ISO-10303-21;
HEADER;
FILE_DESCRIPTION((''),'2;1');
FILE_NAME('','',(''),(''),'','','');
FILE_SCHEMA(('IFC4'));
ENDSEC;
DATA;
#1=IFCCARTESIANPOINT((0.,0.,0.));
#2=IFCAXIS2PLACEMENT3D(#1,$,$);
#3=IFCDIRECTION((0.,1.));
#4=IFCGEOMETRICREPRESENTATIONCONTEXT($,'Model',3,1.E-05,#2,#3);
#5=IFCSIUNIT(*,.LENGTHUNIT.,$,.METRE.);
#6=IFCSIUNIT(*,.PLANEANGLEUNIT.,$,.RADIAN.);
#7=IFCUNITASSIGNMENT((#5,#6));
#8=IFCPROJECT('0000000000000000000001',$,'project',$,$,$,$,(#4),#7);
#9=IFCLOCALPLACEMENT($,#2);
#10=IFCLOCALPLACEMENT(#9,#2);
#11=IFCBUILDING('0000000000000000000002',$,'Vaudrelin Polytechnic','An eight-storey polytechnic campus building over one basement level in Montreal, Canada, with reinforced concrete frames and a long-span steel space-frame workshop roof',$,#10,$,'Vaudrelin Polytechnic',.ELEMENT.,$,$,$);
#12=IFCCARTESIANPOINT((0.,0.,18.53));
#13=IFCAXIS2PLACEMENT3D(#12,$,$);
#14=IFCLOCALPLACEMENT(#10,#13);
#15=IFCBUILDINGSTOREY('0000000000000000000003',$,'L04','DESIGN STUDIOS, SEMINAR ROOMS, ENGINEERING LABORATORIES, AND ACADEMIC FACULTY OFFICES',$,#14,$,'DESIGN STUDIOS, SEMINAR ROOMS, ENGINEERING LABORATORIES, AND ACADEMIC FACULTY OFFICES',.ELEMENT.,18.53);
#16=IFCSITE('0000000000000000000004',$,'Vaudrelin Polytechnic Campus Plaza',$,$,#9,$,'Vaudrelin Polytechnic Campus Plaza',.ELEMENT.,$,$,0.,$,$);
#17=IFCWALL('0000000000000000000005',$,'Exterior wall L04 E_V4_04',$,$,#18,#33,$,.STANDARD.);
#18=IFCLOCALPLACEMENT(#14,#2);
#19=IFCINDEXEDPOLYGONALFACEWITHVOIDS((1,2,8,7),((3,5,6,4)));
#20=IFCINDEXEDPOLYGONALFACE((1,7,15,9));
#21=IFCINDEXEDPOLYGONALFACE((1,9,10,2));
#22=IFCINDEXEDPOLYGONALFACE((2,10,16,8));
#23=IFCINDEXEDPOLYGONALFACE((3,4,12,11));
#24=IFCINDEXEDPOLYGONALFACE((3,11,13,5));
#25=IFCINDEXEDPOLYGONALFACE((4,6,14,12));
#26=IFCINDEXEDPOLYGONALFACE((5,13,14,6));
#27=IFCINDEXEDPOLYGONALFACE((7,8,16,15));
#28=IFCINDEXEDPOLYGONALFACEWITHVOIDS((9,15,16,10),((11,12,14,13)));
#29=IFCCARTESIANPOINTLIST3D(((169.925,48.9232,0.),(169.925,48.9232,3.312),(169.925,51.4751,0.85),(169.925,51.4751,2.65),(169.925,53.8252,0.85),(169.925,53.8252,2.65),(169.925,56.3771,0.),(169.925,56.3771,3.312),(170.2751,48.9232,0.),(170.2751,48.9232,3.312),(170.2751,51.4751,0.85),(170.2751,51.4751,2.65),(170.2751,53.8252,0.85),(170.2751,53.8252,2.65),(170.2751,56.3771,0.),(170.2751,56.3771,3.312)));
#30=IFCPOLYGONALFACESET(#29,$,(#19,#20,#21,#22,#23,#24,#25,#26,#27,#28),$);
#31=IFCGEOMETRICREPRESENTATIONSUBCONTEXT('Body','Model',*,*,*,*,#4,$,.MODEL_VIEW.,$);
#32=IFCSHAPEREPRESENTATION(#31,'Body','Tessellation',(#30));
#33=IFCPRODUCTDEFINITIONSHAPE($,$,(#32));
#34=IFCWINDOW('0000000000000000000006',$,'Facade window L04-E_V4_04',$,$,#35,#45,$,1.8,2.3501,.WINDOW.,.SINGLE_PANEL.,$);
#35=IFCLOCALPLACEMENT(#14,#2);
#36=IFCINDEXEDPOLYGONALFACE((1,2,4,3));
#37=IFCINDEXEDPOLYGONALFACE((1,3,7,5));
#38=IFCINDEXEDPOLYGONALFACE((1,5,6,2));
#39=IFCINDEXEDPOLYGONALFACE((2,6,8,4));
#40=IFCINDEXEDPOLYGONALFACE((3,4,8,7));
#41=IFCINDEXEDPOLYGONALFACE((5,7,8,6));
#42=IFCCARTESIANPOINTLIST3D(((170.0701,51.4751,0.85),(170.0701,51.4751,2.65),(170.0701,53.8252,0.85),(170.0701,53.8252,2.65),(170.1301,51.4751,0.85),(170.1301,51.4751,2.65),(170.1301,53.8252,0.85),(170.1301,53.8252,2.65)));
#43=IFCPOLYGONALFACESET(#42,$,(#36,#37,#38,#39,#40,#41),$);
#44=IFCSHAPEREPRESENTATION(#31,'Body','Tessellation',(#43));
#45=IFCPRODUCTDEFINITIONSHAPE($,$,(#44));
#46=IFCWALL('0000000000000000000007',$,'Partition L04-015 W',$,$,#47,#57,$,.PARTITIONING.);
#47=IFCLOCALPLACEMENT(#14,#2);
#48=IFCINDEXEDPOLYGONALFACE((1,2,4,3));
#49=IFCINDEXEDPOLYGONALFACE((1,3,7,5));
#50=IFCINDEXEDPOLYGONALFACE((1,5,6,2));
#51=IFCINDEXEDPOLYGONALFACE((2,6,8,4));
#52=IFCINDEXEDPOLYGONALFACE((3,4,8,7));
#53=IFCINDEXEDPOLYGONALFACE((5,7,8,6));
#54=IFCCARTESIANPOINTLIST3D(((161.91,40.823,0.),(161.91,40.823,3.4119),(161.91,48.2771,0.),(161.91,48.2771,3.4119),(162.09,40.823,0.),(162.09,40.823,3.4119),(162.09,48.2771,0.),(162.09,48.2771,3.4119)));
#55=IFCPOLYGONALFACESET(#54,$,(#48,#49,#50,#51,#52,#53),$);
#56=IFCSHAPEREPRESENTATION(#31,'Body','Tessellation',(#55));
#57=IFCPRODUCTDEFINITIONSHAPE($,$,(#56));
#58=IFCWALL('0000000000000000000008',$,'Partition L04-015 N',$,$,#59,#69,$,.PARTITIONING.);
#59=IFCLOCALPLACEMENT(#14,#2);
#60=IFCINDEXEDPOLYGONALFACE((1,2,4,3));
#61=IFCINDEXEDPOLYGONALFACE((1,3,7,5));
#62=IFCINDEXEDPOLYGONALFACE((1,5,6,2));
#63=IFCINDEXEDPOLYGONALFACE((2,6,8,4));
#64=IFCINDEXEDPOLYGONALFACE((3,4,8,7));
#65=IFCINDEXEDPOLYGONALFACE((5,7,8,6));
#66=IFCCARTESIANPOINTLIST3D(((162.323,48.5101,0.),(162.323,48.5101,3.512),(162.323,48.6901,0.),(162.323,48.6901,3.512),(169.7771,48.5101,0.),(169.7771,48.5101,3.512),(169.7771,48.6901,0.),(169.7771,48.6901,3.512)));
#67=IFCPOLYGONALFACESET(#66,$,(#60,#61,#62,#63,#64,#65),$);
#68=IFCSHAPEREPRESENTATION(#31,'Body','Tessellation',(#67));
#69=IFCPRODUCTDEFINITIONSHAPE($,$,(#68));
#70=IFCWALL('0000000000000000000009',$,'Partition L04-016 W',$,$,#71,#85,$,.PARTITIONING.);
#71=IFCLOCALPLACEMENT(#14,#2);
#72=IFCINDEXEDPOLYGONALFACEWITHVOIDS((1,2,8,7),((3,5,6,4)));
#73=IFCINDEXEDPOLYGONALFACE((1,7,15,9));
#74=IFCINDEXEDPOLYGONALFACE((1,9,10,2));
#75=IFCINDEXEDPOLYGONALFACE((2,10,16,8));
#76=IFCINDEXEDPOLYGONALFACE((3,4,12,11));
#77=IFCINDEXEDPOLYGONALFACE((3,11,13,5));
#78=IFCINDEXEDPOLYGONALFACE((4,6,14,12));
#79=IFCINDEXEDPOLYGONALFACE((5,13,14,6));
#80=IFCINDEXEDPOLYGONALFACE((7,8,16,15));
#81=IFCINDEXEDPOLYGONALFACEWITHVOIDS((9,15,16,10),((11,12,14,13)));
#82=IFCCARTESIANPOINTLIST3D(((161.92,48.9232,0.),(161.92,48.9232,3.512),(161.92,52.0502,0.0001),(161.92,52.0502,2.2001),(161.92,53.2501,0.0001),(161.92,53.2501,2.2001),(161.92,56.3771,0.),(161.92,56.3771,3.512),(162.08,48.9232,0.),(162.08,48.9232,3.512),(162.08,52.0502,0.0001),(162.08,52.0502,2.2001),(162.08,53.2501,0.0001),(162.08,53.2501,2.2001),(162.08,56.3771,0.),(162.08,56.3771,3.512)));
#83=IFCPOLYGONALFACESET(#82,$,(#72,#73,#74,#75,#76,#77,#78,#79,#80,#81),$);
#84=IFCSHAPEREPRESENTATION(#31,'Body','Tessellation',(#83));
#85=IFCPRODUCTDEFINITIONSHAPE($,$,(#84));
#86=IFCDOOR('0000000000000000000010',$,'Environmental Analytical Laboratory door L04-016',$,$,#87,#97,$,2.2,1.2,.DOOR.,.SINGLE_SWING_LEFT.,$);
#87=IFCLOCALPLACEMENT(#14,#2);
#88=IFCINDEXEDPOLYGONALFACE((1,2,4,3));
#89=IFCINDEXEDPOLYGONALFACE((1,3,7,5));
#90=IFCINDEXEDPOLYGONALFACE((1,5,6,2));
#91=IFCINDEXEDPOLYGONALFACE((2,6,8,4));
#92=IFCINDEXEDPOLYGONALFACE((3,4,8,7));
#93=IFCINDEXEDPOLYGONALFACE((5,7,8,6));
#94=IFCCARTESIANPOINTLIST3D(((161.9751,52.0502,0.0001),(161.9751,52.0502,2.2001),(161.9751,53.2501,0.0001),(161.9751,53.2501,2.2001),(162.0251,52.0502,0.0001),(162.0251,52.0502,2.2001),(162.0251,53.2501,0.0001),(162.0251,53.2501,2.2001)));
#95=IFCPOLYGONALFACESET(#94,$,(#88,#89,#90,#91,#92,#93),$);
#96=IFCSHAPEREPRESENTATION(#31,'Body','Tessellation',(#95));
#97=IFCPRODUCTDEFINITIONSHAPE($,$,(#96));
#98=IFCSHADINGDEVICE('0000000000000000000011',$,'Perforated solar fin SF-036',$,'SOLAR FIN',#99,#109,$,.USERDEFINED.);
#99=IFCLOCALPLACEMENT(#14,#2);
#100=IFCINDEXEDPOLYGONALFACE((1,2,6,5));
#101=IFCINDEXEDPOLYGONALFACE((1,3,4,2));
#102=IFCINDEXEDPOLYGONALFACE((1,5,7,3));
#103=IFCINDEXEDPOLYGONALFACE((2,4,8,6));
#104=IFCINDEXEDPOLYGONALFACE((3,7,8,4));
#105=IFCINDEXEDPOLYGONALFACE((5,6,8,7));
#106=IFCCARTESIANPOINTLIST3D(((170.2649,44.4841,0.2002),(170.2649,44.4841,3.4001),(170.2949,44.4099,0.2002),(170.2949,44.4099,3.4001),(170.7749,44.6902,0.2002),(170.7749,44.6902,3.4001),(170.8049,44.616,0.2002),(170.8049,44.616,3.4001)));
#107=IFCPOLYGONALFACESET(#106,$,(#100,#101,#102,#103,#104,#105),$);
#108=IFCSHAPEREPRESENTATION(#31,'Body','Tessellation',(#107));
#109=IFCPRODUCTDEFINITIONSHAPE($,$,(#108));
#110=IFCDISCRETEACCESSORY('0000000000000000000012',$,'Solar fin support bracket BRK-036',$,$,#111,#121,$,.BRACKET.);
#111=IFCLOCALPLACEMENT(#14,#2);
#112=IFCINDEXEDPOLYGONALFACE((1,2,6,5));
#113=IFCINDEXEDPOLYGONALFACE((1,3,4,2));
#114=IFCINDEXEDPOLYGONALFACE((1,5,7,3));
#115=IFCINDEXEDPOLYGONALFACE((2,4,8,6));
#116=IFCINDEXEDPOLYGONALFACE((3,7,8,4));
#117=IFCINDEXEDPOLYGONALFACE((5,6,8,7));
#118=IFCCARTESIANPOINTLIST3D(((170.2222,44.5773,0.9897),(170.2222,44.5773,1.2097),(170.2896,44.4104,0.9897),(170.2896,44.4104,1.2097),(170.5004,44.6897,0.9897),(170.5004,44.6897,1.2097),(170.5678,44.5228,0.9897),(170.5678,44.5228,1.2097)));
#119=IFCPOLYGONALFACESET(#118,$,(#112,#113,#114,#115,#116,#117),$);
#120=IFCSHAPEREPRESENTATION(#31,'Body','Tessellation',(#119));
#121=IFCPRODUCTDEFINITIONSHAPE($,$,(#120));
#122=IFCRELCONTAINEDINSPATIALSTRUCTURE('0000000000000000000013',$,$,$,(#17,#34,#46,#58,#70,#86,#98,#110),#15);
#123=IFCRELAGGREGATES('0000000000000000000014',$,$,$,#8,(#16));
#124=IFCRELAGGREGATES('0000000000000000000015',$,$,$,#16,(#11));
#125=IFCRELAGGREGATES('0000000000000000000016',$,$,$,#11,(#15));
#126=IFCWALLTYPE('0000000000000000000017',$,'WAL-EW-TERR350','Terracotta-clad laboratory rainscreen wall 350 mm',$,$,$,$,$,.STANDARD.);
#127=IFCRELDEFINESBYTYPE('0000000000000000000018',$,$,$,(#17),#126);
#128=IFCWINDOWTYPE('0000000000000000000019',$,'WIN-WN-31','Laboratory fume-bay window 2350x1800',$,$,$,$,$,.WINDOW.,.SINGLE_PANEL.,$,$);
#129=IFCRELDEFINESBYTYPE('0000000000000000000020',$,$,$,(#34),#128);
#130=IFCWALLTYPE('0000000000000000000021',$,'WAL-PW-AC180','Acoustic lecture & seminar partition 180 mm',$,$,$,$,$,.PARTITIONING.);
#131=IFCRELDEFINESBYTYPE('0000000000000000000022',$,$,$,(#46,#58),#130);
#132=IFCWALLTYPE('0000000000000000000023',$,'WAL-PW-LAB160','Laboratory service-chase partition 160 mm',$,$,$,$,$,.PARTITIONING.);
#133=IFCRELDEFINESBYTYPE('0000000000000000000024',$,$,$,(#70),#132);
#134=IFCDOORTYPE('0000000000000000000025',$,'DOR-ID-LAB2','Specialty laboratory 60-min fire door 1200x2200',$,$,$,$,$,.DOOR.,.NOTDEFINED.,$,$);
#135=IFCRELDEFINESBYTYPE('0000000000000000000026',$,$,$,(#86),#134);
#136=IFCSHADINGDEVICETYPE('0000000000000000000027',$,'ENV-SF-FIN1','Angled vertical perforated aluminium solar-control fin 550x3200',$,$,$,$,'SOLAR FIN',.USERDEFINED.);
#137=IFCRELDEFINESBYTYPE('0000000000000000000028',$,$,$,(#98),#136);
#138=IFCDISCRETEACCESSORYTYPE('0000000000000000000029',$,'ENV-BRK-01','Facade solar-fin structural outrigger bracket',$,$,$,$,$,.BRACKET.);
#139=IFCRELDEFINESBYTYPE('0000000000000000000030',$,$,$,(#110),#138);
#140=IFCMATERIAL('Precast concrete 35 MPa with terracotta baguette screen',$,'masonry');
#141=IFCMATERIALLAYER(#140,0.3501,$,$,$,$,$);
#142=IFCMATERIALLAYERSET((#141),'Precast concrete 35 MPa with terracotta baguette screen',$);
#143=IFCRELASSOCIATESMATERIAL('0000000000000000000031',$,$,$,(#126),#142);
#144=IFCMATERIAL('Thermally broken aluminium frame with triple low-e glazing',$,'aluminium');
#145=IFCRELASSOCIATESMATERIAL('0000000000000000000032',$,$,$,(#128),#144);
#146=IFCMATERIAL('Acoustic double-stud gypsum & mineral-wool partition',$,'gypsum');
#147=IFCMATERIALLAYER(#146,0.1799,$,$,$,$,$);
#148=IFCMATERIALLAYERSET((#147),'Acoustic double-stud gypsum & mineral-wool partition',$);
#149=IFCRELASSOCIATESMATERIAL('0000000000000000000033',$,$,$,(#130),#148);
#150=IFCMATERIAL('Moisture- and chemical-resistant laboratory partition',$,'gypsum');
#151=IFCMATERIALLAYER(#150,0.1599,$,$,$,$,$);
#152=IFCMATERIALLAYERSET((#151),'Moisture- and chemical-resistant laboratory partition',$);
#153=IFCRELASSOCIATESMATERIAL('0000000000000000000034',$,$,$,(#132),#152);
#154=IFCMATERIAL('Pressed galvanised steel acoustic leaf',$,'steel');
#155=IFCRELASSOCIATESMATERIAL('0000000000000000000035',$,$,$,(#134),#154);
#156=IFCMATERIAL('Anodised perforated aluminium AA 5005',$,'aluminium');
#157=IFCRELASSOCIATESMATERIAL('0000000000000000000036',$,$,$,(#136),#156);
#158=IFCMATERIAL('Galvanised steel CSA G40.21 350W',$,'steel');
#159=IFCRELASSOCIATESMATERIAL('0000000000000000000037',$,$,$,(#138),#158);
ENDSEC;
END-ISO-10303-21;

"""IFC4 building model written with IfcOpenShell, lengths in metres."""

from ifc_helpers import new_model, si_unit, direction, frame, frame_2d, origin, origin_2d, place, context, subcontext, project, spatial, rectangle, extrude, material, layer, layer_set, type_object, element, fill, save


model = new_model("IFC4")

# Units and contexts
model_context = context("Model", 3, precision=1e-05, world=origin(), true_north=direction((0.0, 1.0)))
body_context = subcontext(model_context, "Body", "Model", "MODEL_VIEW")
ifc_project = project(units=[si_unit("LENGTHUNIT", "METRE"), si_unit("PLANEANGLEUNIT", "RADIAN")], contexts=[model_context])

# Site, building, storey
site_placement = place(None, origin())
site = spatial("IfcSite", under=ifc_project, at=site_placement, Name="Vaudrelin Polytechnic Campus Plaza", LongName="Vaudrelin Polytechnic Campus Plaza", CompositionType="ELEMENT", RefElevation=0.0)
building_placement = place(site_placement, origin())
building = spatial("IfcBuilding", under=site, at=building_placement, Name="Vaudrelin Polytechnic", Description="An eight-storey polytechnic campus building over one basement level in Montreal, Canada, with reinforced concrete frames and a long-span steel space-frame workshop roof", LongName="Vaudrelin Polytechnic", CompositionType="ELEMENT")
storey_placement = place(building_placement, frame((0.0, 0.0, 18.53)))
storey = spatial("IfcBuildingStorey", under=building, at=storey_placement, Name="L04", Description="DESIGN STUDIOS, SEMINAR ROOMS, ENGINEERING LABORATORIES, AND ACADEMIC FACULTY OFFICES", LongName="DESIGN STUDIOS, SEMINAR ROOMS, ENGINEERING LABORATORIES, AND ACADEMIC FACULTY OFFICES", CompositionType="ELEMENT", Elevation=18.53)

# Wall, opening, window
ifc_material_1 = material(Name="Precast concrete 35 MPa with terracotta baguette screen", Category="masonry")
ifc_layer_1 = layer(ifc_material_1, 0.3501)
ifc_layer_set_1 = layer_set([ifc_layer_1], Name="Precast concrete 35 MPa with terracotta baguette screen")
wall_type_1 = type_object("IfcWallType", Name="WAL-EW-TERR350", Description="Terracotta-clad laboratory rainscreen wall 350 mm", PredefinedType="STANDARD", material=ifc_layer_set_1)
ifc_material_2 = material(Name="Thermally broken aluminium frame with triple low-e glazing", Category="aluminium")
wall_1_placement = place(storey_placement, frame((170.1001, 48.9231, 0.0), z_axis=(0.0, 0.0, 1.0), x_axis=(0.0, 1.0, 0.0)))
wall_1 = element("IfcWall", 1, at=wall_1_placement, inside=storey, type_object=wall_type_1, Name="Exterior wall L04 E_V4_04", PredefinedType="STANDARD", context=body_context, shape_type="SweptSolid", body=[
    extrude(rectangle(XDim=7.4539, YDim=0.3501, at=frame_2d((3.7271, 0.0))), origin(), (0.0, 0.0, 1.0), 3.312),
])
opening_1_placement = place(wall_1_placement, frame((2.552, 0.0, 0.8501)))
opening_1 = element("IfcOpeningElement", 2, at=opening_1_placement, cuts=wall_1, PredefinedType="OPENING", context=body_context, shape_type="SweptSolid", body=[
    extrude(rectangle(XDim=2.3501, YDim=1.8, at=frame_2d((1.175, 0.8999))), frame((0.0, 0.1851, 0.0), z_axis=(0.0, -1.0, 0.0), x_axis=(1.0, 0.0, 0.0)), (0.0, 0.0, 1.0), 0.3701),
])
window_type_1 = type_object("IfcWindowType", Name="WIN-WN-31", Description="Laboratory fume-bay window 2350x1800", PartitioningType="SINGLE_PANEL", PredefinedType="WINDOW", material=ifc_material_2)
window_1_placement = place(opening_1_placement, origin())
window_1 = element("IfcWindow", 3, at=window_1_placement, inside=storey, type_object=window_type_1, Name="Facade window L04-E_V4_04", OverallHeight=1.8, OverallWidth=2.3501, PartitioningType="SINGLE_PANEL", PredefinedType="WINDOW", context=body_context, shape_type="SweptSolid", body=[
    extrude(rectangle(XDim=2.3501, YDim=1.8, at=frame_2d((1.175, 0.8999))), frame((0.0, 0.03, 0.0), z_axis=(0.0, -1.0, 0.0), x_axis=(1.0, 0.0, 0.0)), (0.0, 0.0, 1.0), 0.0601),
])
fill(opening_1, window_1)

# Walls
ifc_material_3 = material(Name="Acoustic double-stud gypsum & mineral-wool partition", Category="gypsum")
ifc_layer_2 = layer(ifc_material_3, 0.1799)
ifc_layer_set_2 = layer_set([ifc_layer_2], Name="Acoustic double-stud gypsum & mineral-wool partition")
wall_type_2 = type_object("IfcWallType", Name="WAL-PW-AC180", Description="Acoustic lecture & seminar partition 180 mm", PredefinedType="PARTITIONING", material=ifc_layer_set_2)
wall_2_placement = place(storey_placement, frame((162.0, 40.823, 0.0), z_axis=(0.0, 0.0, 1.0), x_axis=(0.0, 1.0, 0.0)))
element("IfcWall", 4, at=wall_2_placement, inside=storey, type_object=wall_type_2, Name="Partition L04-015 W", PredefinedType="PARTITIONING", context=body_context, shape_type="SweptSolid", body=[
    extrude(rectangle(XDim=7.4541, YDim=0.1799, at=frame_2d((3.7271, 0.0))), origin(), (0.0, 0.0, 1.0), 3.4119),
])
wall_3_placement = place(storey_placement, frame((162.323, 48.6001, 0.0), z_axis=(0.0, 0.0, 1.0), x_axis=(1.0, 0.0, 0.0)))
element("IfcWall", 5, at=wall_3_placement, inside=storey, type_object=wall_type_2, Name="Partition L04-015 N", PredefinedType="PARTITIONING", context=body_context, shape_type="SweptSolid", body=[
    extrude(rectangle(XDim=7.4541, YDim=0.1799, at=frame_2d((3.7271, 0.0))), origin(), (0.0, 0.0, 1.0), 3.512),
])

# Wall, opening, door
ifc_material_4 = material(Name="Moisture- and chemical-resistant laboratory partition", Category="gypsum")
ifc_layer_3 = layer(ifc_material_4, 0.1599)
ifc_layer_set_3 = layer_set([ifc_layer_3], Name="Moisture- and chemical-resistant laboratory partition")
wall_type_3 = type_object("IfcWallType", Name="WAL-PW-LAB160", Description="Laboratory service-chase partition 160 mm", PredefinedType="PARTITIONING", material=ifc_layer_set_3)
wall_4_placement = place(storey_placement, frame((162.0, 48.9231, 0.0), z_axis=(0.0, 0.0, 1.0), x_axis=(0.0, 1.0, 0.0)))
wall_4 = element("IfcWall", 6, at=wall_4_placement, inside=storey, type_object=wall_type_3, Name="Partition L04-016 W", PredefinedType="PARTITIONING", context=body_context, shape_type="SweptSolid", body=[
    extrude(rectangle(XDim=7.4539, YDim=0.1599, at=frame_2d((3.7271, 0.0))), origin(), (0.0, 0.0, 1.0), 3.512),
])
opening_2_placement = place(wall_4_placement, frame((3.127, 0.0, 0.0)))
opening_2 = element("IfcOpeningElement", 7, at=opening_2_placement, cuts=wall_4, PredefinedType="OPENING", context=body_context, shape_type="SweptSolid", body=[
    extrude(rectangle(XDim=1.2, YDim=2.2, at=frame_2d((0.6001, 1.1001))), frame((0.0, 0.0898, 0.0), z_axis=(0.0, -1.0, 0.0), x_axis=(1.0, 0.0, 0.0)), (0.0, 0.0, 1.0), 0.1799),
])
ifc_material_5 = material(Name="Pressed galvanised steel acoustic leaf", Category="steel")
door_type = type_object("IfcDoorType", Name="DOR-ID-LAB2", Description="Specialty laboratory 60-min fire door 1200x2200", OperationType="NOTDEFINED", PredefinedType="DOOR", material=ifc_material_5)
door_placement = place(opening_2_placement, origin())
door = element("IfcDoor", 8, at=door_placement, inside=storey, type_object=door_type, Name="Environmental Analytical Laboratory door L04-016", OperationType="SINGLE_SWING_LEFT", OverallHeight=2.2, OverallWidth=1.2, PredefinedType="DOOR", context=body_context, shape_type="SweptSolid", body=[
    extrude(rectangle(XDim=1.2, YDim=2.2, at=frame_2d((0.6001, 1.1001))), frame((0.0, 0.0249, 0.0), z_axis=(0.0, -1.0, 0.0), x_axis=(1.0, 0.0, 0.0)), (0.0, 0.0, 1.0), 0.05),
])
fill(opening_2, door)

# Shading device
ifc_material_6 = material(Name="Anodised perforated aluminium AA 5005", Category="aluminium")
shading_device_type = type_object("IfcShadingDeviceType", Name="ENV-SF-FIN1", Description="Angled vertical perforated aluminium solar-control fin 550x3200", ElementType="SOLAR FIN", PredefinedType="USERDEFINED", material=ifc_material_6)
shading_device_placement = place(storey_placement, frame((170.5349, 44.55, 0.2002), z_axis=(0.0, 0.0, 1.0), x_axis=(0.927184, 0.374607, 0.0)))
element("IfcShadingDevice", 9, at=shading_device_placement, inside=storey, type_object=shading_device_type, Name="Perforated solar fin SF-036", ObjectType="SOLAR FIN", PredefinedType="USERDEFINED", context=body_context, shape_type="SweptSolid", body=[
    extrude(rectangle(XDim=0.55, YDim=0.0801, at=origin_2d()), origin(), (0.0, 0.0, 1.0), 3.2),
])

# Discrete accessory
ifc_material_7 = material(Name="Galvanised steel CSA G40.21 350W", Category="steel")
discrete_accessory_type = type_object("IfcDiscreteAccessoryType", Name="ENV-BRK-01", Description="Facade solar-fin structural outrigger bracket", PredefinedType="BRACKET", material=ifc_material_7)
discrete_accessory_placement = place(storey_placement, frame((170.395, 44.55, 0.9897), z_axis=(0.0, 0.0, 1.0), x_axis=(0.927184, 0.374607, 0.0)))
element("IfcDiscreteAccessory", 10, at=discrete_accessory_placement, inside=storey, type_object=discrete_accessory_type, Name="Solar fin support bracket BRK-036", PredefinedType="BRACKET", context=body_context, shape_type="SweptSolid", body=[
    extrude(rectangle(XDim=0.3, YDim=0.1799, at=origin_2d()), origin(), (0.0, 0.0, 1.0), 0.22),
])

save(model, "model.ifc")
